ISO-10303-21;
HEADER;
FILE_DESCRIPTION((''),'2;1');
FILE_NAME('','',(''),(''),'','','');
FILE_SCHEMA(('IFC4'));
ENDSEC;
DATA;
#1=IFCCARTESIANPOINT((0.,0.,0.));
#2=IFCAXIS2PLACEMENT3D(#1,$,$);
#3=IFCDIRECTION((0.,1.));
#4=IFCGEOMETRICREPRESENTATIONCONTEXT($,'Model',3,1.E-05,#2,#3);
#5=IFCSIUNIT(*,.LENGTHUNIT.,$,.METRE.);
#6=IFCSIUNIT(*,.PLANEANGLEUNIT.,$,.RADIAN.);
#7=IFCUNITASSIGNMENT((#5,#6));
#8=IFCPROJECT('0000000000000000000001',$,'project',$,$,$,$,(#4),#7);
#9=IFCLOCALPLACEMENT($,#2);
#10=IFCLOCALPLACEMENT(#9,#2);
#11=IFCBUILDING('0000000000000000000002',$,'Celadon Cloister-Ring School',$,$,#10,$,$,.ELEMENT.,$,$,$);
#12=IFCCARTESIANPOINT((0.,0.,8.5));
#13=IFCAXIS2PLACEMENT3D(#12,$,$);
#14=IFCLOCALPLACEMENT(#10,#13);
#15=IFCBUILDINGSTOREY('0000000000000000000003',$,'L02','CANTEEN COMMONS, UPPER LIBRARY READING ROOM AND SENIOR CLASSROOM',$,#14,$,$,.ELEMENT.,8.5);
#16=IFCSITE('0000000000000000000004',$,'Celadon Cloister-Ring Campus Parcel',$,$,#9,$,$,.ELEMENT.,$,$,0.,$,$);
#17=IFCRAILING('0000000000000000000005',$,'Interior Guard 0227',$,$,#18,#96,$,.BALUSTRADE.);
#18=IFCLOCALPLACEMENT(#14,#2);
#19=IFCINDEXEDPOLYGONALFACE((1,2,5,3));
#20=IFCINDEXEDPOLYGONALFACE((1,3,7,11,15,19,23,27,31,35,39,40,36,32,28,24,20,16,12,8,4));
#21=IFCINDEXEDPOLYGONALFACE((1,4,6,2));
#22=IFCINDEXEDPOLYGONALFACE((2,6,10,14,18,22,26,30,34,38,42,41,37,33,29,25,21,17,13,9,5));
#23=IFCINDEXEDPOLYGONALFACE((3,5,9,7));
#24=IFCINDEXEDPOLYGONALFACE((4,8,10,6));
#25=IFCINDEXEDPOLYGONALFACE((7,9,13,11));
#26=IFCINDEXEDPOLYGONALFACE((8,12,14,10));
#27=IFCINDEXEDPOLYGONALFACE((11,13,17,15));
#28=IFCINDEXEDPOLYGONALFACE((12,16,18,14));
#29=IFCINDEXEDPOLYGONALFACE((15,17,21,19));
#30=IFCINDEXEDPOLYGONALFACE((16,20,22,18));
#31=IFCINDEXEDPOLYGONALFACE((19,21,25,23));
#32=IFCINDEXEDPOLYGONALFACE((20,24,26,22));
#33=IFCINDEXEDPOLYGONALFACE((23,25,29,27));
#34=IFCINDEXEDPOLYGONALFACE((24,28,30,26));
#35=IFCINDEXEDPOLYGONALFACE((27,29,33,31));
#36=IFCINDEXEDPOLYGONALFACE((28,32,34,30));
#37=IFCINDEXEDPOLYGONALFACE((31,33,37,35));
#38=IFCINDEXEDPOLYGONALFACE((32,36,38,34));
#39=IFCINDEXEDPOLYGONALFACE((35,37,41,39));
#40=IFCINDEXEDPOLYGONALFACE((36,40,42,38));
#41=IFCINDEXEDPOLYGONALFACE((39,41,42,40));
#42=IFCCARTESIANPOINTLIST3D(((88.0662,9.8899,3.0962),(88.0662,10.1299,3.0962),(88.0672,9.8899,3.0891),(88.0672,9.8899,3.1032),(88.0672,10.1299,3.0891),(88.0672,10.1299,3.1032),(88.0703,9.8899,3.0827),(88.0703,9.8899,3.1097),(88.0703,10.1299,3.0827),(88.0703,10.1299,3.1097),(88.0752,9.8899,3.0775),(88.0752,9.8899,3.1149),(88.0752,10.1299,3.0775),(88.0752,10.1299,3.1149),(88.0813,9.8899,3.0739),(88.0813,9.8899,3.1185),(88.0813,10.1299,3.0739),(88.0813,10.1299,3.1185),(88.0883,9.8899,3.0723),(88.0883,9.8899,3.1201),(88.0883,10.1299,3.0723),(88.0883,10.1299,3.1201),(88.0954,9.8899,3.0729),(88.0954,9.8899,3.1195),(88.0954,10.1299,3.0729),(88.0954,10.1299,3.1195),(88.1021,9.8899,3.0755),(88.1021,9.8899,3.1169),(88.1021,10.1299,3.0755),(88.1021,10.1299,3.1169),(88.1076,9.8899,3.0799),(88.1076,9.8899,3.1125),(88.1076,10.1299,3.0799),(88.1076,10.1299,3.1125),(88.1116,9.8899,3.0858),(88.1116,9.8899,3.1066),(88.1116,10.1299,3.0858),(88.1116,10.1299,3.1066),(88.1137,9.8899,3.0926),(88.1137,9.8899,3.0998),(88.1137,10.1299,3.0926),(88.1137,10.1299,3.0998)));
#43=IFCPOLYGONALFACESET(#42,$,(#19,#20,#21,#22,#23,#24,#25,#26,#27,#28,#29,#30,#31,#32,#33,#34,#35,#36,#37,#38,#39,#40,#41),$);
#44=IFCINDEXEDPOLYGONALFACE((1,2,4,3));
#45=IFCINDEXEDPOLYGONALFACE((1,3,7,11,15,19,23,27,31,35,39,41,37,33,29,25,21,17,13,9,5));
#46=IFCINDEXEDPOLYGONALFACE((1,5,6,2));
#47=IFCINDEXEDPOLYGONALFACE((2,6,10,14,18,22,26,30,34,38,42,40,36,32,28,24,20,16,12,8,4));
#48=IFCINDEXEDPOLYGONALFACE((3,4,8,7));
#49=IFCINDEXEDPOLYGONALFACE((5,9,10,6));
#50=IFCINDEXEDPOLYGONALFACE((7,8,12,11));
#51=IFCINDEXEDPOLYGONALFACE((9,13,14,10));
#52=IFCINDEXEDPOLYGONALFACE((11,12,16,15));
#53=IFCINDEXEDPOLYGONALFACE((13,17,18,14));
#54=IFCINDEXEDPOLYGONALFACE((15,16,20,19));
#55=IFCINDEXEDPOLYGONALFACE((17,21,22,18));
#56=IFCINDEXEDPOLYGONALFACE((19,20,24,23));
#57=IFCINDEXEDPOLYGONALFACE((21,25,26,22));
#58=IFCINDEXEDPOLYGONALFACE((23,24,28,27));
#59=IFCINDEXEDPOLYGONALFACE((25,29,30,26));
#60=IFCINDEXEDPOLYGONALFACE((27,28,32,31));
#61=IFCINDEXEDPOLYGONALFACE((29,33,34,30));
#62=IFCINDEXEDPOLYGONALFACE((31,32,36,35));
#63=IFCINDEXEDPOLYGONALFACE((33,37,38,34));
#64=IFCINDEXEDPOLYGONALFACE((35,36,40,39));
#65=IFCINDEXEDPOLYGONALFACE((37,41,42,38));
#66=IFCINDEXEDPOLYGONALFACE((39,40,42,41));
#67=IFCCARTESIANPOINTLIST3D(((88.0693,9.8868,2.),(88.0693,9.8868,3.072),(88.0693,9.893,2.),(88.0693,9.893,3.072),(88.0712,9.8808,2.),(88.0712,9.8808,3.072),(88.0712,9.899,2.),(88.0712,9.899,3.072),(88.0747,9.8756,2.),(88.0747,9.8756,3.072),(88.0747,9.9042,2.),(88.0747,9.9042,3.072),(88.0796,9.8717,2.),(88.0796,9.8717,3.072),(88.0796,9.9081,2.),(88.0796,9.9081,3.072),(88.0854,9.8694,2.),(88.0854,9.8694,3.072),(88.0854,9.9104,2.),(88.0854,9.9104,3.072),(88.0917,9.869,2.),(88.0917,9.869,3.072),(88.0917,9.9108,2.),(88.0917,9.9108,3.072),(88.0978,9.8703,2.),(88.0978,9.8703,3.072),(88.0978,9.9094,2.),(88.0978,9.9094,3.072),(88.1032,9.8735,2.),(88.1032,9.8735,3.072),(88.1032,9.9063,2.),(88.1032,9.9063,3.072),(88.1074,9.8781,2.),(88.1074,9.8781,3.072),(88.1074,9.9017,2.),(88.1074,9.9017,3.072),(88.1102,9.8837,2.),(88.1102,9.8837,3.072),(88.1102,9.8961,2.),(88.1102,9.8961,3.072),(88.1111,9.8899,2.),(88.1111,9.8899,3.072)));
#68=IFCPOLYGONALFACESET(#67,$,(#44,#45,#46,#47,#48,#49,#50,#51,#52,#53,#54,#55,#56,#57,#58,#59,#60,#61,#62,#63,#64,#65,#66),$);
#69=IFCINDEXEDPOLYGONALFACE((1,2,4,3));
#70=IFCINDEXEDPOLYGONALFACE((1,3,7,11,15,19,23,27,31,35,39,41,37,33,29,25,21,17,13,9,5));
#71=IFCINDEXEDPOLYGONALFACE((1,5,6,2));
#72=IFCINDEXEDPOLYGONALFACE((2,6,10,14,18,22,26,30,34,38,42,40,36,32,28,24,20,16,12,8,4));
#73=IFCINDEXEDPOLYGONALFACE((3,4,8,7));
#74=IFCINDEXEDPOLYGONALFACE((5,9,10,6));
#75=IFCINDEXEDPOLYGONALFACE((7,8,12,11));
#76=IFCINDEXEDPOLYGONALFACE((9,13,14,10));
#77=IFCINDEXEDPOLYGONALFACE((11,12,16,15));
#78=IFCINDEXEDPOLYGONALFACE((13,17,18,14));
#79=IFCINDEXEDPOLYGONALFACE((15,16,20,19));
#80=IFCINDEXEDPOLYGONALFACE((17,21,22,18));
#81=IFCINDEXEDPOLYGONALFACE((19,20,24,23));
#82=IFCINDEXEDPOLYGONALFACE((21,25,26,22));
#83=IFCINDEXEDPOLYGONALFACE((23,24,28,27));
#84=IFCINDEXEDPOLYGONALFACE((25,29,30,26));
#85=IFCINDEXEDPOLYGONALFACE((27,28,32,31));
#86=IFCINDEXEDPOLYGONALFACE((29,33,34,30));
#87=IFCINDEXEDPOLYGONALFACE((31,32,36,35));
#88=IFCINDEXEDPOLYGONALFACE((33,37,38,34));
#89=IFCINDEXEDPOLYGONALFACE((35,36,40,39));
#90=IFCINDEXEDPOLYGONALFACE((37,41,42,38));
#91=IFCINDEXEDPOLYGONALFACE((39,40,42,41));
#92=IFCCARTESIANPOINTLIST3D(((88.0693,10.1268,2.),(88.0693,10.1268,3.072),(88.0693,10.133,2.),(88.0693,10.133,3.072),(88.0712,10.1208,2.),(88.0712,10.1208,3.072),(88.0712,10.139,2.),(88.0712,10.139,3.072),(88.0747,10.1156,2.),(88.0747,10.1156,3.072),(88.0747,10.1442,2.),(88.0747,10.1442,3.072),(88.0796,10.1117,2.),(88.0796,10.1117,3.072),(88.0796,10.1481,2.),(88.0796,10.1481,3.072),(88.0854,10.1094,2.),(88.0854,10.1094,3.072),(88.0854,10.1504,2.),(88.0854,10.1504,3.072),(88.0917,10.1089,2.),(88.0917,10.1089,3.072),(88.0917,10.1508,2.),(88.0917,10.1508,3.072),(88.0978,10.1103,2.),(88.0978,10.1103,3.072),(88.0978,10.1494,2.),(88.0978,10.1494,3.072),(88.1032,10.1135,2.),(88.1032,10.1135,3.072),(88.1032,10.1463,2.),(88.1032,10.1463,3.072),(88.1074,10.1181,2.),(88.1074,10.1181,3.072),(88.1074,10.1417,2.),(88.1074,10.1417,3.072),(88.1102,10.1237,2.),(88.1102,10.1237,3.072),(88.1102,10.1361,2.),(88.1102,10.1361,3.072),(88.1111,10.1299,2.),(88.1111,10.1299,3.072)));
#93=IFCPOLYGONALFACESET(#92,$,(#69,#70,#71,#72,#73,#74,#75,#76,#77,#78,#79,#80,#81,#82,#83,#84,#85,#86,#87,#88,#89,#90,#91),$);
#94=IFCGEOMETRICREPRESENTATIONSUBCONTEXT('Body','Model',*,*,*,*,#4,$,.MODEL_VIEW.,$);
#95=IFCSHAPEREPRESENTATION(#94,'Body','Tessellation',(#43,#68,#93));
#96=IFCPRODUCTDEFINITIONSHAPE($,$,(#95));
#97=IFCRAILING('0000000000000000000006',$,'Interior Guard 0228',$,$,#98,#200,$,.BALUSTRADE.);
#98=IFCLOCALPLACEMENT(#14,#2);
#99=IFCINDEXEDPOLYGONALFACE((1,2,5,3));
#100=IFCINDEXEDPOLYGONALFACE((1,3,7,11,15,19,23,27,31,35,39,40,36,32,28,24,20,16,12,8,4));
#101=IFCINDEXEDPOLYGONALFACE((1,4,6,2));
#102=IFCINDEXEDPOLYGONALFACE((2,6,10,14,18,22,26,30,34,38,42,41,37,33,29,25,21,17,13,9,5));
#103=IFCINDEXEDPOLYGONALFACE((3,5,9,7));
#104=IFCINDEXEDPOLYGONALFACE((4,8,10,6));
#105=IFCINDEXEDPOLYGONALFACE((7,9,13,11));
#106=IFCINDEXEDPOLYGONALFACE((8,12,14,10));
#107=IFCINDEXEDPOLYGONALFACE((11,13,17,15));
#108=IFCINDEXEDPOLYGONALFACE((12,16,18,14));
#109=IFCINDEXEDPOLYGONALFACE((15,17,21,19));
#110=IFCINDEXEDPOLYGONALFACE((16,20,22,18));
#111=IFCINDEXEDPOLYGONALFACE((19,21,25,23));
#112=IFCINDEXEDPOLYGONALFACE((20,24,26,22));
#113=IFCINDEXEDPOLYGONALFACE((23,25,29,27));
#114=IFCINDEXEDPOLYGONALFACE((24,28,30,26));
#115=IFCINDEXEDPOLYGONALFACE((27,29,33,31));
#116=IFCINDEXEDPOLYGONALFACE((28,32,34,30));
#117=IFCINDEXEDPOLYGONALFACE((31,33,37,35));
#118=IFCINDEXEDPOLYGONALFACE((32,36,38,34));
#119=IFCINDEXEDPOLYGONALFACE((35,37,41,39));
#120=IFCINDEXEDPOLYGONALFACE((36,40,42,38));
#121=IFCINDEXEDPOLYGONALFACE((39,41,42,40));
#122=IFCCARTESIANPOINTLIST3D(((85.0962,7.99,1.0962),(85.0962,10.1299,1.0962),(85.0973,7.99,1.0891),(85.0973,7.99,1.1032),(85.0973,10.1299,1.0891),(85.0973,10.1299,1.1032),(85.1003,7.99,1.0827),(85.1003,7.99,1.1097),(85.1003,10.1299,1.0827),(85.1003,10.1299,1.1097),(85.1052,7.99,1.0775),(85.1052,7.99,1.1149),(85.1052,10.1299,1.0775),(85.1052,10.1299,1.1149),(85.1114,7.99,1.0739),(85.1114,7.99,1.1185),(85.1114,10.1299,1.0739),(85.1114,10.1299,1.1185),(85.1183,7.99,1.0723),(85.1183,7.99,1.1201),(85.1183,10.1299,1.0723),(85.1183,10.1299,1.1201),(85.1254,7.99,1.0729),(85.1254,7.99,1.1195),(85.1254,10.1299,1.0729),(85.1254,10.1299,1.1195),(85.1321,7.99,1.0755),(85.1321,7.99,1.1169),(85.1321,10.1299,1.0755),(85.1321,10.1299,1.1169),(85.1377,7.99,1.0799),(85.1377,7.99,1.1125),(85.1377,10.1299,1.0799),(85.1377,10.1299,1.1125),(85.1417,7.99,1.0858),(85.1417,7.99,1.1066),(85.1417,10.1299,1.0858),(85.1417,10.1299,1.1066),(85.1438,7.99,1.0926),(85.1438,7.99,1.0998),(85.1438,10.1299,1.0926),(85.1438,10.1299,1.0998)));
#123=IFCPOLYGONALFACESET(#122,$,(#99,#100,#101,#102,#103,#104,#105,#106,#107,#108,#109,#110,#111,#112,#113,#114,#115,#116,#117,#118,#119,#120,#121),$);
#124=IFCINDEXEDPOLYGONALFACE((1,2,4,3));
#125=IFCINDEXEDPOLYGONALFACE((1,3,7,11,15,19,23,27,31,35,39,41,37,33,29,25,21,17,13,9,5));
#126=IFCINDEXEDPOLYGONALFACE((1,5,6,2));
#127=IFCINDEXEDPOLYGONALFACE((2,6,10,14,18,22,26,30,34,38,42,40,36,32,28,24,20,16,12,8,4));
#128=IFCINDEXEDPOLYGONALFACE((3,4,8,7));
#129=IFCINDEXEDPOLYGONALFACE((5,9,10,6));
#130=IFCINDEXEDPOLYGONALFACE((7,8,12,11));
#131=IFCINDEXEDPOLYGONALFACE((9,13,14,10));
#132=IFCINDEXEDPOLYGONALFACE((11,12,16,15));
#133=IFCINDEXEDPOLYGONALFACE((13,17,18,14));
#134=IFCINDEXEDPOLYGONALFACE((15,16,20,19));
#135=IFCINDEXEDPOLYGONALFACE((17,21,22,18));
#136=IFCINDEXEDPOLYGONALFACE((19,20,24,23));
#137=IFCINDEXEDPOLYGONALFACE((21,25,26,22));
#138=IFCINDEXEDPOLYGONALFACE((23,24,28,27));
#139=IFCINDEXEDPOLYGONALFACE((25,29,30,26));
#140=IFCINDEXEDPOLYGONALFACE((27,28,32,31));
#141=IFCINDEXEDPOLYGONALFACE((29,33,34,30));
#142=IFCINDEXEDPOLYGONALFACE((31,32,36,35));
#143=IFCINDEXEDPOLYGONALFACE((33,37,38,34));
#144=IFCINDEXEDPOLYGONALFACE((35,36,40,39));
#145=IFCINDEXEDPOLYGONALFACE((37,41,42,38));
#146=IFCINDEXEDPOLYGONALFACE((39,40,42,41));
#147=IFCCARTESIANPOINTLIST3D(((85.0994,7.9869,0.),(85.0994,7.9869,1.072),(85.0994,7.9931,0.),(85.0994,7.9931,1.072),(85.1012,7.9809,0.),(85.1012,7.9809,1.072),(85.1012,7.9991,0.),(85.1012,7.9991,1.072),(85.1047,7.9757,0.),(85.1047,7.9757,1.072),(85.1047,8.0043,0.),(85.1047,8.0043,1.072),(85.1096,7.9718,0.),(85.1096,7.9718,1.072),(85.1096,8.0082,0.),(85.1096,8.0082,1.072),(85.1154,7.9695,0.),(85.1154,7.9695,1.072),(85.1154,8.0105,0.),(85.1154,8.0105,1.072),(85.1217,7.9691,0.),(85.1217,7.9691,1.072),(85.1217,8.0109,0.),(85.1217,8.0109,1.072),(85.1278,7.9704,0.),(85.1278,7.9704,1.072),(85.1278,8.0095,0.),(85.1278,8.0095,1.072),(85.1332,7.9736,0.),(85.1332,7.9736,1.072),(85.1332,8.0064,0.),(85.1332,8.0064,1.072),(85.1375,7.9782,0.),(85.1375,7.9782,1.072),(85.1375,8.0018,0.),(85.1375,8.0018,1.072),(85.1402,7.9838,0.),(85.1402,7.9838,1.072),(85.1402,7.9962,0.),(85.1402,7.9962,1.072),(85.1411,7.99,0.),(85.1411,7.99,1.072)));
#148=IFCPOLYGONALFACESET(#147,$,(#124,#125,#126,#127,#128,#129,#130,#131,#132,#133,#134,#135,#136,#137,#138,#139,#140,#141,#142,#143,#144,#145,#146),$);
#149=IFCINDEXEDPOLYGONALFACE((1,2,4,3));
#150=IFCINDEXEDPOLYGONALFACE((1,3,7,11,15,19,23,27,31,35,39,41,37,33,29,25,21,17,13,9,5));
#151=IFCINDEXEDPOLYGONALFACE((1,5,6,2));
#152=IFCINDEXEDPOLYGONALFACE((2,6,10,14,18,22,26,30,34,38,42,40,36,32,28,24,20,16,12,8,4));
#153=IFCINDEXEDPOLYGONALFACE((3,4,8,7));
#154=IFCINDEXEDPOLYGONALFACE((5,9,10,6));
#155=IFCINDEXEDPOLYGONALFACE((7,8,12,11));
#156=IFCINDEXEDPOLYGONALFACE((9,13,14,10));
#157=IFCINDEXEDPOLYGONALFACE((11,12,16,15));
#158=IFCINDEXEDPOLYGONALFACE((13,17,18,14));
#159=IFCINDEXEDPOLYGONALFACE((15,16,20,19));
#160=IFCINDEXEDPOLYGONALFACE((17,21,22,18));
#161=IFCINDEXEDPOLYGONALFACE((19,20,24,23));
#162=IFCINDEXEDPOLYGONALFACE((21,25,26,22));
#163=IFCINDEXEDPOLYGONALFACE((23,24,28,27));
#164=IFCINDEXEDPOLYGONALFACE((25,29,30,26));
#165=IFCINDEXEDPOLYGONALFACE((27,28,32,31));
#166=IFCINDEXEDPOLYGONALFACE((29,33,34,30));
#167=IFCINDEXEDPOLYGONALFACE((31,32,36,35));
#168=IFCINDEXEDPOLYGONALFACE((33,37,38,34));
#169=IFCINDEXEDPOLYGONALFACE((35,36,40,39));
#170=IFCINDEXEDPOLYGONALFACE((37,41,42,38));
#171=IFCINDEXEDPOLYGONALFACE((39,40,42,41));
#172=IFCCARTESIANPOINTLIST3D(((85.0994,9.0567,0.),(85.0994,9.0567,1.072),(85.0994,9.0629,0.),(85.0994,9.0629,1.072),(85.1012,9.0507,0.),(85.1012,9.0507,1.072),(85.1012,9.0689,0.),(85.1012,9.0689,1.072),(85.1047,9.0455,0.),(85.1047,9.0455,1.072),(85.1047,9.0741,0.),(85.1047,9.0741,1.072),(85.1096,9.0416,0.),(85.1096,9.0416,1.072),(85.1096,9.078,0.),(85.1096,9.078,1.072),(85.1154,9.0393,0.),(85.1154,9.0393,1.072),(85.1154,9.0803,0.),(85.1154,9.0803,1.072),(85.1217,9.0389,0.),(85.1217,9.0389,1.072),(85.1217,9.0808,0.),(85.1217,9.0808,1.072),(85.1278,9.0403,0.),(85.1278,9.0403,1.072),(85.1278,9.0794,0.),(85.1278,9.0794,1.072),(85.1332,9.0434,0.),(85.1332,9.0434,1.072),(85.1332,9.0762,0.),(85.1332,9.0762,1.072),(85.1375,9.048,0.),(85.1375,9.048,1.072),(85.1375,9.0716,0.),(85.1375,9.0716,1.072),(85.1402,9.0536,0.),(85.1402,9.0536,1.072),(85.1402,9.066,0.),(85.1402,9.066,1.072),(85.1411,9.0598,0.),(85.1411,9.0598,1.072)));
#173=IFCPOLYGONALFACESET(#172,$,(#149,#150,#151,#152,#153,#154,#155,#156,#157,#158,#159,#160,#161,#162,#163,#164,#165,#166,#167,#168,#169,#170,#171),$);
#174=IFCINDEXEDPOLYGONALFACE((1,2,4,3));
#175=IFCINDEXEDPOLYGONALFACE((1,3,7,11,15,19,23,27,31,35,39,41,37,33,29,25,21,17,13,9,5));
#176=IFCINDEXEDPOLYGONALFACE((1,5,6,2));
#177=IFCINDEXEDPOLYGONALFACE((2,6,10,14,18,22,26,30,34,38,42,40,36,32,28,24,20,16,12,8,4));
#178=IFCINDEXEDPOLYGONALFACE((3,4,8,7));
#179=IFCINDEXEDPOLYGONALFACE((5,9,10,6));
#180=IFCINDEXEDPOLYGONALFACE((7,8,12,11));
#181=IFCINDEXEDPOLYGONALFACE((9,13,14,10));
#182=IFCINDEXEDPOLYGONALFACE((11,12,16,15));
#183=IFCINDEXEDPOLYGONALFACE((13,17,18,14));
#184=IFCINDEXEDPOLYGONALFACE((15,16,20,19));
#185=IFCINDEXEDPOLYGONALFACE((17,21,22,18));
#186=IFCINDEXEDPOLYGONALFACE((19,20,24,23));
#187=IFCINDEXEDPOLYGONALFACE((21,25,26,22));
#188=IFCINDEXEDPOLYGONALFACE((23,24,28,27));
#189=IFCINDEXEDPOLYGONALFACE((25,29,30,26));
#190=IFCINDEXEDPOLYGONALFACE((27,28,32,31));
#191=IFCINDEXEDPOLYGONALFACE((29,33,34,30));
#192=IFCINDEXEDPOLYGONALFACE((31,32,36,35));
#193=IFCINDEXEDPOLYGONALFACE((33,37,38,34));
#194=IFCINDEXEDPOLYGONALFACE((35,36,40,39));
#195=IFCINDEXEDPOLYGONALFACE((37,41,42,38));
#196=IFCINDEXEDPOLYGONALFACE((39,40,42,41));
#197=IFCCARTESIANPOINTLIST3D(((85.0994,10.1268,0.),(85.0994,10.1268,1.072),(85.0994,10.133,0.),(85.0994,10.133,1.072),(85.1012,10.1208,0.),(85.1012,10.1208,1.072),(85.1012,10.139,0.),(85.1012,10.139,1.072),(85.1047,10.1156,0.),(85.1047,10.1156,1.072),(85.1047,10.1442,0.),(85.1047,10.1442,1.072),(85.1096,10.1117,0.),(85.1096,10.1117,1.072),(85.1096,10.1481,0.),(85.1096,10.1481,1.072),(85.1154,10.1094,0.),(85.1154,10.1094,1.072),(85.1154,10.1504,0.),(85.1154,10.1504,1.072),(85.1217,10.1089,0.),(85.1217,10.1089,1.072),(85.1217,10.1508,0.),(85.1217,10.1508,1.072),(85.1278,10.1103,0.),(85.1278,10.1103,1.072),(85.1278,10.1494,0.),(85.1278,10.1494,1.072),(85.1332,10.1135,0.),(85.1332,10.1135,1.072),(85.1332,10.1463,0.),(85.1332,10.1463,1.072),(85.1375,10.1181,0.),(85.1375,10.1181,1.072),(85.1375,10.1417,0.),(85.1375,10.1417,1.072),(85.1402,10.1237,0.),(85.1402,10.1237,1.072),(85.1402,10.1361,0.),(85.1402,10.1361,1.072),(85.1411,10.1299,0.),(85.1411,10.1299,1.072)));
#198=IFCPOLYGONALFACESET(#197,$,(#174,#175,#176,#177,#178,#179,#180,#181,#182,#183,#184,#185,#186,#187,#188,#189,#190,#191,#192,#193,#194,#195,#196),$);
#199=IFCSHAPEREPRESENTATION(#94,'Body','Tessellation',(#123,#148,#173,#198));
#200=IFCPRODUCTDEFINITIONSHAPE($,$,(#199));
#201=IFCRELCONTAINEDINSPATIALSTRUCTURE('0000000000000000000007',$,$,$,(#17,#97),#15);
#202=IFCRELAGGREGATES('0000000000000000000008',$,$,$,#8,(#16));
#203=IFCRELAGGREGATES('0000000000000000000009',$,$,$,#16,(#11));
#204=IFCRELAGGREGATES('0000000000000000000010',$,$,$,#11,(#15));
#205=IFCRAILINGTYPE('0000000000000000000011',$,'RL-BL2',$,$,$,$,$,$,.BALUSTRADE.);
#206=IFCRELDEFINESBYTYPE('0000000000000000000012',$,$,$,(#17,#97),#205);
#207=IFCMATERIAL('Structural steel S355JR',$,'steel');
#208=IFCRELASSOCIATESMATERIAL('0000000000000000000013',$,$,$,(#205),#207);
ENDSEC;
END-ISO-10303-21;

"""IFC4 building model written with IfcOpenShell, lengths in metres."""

from ifc_helpers import new_model, si_unit, direction, frame, origin, origin_2d, place, context, subcontext, project, spatial, circle, extrude, material, type_object, element, save


model = new_model("IFC4")

# Units and contexts
model_context = context("Model", 3, precision=1e-05, world=origin(), true_north=direction((0.0, 1.0)))
body_context = subcontext(model_context, "Body", "Model", "MODEL_VIEW")
ifc_project = project(units=[si_unit("LENGTHUNIT", "METRE"), si_unit("PLANEANGLEUNIT", "RADIAN")], contexts=[model_context])

# Site, building, storey
site_placement = place(None, origin())
site = spatial("IfcSite", under=ifc_project, at=site_placement, Name="Celadon Cloister-Ring Campus Parcel", CompositionType="ELEMENT", RefElevation=0.0)
building_placement = place(site_placement, origin())
building = spatial("IfcBuilding", under=site, at=building_placement, Name="Celadon Cloister-Ring School", CompositionType="ELEMENT")
storey_placement = place(building_placement, frame((0.0, 0.0, 8.5)))
storey = spatial("IfcBuildingStorey", under=building, at=storey_placement, Name="L02", Description="CANTEEN COMMONS, UPPER LIBRARY READING ROOM AND SENIOR CLASSROOM", CompositionType="ELEMENT", Elevation=8.5)

# Railings
ifc_material_1 = material(Name="Structural steel S355JR", Category="steel")
railing_type_1 = type_object("IfcRailingType", Name="RL-BL2", PredefinedType="BALUSTRADE", material=ifc_material_1)
railing_1_placement = place(storey_placement, frame((88.0901, 9.8899, 2.0)))
element("IfcRailing", 1, at=railing_1_placement, inside=storey, type_object=railing_type_1, Name="Interior Guard 0227", PredefinedType="BALUSTRADE", context=body_context, shape_type="SweptSolid", body=[
    extrude(circle(Radius=0.0239, at=origin_2d()), frame((0.0, 0.0, 1.0962), z_axis=(0.0, 1.0, 0.0), x_axis=(-1.0, 0.0, 0.0)), (0.0, 0.0, 1.0), 0.24),
    extrude(circle(Radius=0.021, at=origin_2d()), origin(), (0.0, 0.0, 1.0), 1.072),
    extrude(circle(Radius=0.021, at=origin_2d()), frame((0.0, 0.24, 0.0)), (0.0, 0.0, 1.0), 1.072),
])
railing_2_placement = place(storey_placement, frame((85.1201, 7.99, 0.0)))
element("IfcRailing", 2, at=railing_2_placement, inside=storey, type_object=railing_type_1, Name="Interior Guard 0228", PredefinedType="BALUSTRADE", context=body_context, shape_type="SweptSolid", body=[
    extrude(circle(Radius=0.0239, at=origin_2d()), frame((0.0, 0.0, 1.0962), z_axis=(0.0, 1.0, 0.0), x_axis=(-1.0, 0.0, 0.0)), (0.0, 0.0, 1.0), 2.1399),
    extrude(circle(Radius=0.021, at=origin_2d()), origin(), (0.0, 0.0, 1.0), 1.072),
    extrude(circle(Radius=0.021, at=origin_2d()), frame((0.0, 1.0698, 0.0)), (0.0, 0.0, 1.0), 1.072),
    extrude(circle(Radius=0.021, at=origin_2d()), frame((0.0, 2.1399, 0.0)), (0.0, 0.0, 1.0), 1.072),
])

save(model, "model.ifc")
